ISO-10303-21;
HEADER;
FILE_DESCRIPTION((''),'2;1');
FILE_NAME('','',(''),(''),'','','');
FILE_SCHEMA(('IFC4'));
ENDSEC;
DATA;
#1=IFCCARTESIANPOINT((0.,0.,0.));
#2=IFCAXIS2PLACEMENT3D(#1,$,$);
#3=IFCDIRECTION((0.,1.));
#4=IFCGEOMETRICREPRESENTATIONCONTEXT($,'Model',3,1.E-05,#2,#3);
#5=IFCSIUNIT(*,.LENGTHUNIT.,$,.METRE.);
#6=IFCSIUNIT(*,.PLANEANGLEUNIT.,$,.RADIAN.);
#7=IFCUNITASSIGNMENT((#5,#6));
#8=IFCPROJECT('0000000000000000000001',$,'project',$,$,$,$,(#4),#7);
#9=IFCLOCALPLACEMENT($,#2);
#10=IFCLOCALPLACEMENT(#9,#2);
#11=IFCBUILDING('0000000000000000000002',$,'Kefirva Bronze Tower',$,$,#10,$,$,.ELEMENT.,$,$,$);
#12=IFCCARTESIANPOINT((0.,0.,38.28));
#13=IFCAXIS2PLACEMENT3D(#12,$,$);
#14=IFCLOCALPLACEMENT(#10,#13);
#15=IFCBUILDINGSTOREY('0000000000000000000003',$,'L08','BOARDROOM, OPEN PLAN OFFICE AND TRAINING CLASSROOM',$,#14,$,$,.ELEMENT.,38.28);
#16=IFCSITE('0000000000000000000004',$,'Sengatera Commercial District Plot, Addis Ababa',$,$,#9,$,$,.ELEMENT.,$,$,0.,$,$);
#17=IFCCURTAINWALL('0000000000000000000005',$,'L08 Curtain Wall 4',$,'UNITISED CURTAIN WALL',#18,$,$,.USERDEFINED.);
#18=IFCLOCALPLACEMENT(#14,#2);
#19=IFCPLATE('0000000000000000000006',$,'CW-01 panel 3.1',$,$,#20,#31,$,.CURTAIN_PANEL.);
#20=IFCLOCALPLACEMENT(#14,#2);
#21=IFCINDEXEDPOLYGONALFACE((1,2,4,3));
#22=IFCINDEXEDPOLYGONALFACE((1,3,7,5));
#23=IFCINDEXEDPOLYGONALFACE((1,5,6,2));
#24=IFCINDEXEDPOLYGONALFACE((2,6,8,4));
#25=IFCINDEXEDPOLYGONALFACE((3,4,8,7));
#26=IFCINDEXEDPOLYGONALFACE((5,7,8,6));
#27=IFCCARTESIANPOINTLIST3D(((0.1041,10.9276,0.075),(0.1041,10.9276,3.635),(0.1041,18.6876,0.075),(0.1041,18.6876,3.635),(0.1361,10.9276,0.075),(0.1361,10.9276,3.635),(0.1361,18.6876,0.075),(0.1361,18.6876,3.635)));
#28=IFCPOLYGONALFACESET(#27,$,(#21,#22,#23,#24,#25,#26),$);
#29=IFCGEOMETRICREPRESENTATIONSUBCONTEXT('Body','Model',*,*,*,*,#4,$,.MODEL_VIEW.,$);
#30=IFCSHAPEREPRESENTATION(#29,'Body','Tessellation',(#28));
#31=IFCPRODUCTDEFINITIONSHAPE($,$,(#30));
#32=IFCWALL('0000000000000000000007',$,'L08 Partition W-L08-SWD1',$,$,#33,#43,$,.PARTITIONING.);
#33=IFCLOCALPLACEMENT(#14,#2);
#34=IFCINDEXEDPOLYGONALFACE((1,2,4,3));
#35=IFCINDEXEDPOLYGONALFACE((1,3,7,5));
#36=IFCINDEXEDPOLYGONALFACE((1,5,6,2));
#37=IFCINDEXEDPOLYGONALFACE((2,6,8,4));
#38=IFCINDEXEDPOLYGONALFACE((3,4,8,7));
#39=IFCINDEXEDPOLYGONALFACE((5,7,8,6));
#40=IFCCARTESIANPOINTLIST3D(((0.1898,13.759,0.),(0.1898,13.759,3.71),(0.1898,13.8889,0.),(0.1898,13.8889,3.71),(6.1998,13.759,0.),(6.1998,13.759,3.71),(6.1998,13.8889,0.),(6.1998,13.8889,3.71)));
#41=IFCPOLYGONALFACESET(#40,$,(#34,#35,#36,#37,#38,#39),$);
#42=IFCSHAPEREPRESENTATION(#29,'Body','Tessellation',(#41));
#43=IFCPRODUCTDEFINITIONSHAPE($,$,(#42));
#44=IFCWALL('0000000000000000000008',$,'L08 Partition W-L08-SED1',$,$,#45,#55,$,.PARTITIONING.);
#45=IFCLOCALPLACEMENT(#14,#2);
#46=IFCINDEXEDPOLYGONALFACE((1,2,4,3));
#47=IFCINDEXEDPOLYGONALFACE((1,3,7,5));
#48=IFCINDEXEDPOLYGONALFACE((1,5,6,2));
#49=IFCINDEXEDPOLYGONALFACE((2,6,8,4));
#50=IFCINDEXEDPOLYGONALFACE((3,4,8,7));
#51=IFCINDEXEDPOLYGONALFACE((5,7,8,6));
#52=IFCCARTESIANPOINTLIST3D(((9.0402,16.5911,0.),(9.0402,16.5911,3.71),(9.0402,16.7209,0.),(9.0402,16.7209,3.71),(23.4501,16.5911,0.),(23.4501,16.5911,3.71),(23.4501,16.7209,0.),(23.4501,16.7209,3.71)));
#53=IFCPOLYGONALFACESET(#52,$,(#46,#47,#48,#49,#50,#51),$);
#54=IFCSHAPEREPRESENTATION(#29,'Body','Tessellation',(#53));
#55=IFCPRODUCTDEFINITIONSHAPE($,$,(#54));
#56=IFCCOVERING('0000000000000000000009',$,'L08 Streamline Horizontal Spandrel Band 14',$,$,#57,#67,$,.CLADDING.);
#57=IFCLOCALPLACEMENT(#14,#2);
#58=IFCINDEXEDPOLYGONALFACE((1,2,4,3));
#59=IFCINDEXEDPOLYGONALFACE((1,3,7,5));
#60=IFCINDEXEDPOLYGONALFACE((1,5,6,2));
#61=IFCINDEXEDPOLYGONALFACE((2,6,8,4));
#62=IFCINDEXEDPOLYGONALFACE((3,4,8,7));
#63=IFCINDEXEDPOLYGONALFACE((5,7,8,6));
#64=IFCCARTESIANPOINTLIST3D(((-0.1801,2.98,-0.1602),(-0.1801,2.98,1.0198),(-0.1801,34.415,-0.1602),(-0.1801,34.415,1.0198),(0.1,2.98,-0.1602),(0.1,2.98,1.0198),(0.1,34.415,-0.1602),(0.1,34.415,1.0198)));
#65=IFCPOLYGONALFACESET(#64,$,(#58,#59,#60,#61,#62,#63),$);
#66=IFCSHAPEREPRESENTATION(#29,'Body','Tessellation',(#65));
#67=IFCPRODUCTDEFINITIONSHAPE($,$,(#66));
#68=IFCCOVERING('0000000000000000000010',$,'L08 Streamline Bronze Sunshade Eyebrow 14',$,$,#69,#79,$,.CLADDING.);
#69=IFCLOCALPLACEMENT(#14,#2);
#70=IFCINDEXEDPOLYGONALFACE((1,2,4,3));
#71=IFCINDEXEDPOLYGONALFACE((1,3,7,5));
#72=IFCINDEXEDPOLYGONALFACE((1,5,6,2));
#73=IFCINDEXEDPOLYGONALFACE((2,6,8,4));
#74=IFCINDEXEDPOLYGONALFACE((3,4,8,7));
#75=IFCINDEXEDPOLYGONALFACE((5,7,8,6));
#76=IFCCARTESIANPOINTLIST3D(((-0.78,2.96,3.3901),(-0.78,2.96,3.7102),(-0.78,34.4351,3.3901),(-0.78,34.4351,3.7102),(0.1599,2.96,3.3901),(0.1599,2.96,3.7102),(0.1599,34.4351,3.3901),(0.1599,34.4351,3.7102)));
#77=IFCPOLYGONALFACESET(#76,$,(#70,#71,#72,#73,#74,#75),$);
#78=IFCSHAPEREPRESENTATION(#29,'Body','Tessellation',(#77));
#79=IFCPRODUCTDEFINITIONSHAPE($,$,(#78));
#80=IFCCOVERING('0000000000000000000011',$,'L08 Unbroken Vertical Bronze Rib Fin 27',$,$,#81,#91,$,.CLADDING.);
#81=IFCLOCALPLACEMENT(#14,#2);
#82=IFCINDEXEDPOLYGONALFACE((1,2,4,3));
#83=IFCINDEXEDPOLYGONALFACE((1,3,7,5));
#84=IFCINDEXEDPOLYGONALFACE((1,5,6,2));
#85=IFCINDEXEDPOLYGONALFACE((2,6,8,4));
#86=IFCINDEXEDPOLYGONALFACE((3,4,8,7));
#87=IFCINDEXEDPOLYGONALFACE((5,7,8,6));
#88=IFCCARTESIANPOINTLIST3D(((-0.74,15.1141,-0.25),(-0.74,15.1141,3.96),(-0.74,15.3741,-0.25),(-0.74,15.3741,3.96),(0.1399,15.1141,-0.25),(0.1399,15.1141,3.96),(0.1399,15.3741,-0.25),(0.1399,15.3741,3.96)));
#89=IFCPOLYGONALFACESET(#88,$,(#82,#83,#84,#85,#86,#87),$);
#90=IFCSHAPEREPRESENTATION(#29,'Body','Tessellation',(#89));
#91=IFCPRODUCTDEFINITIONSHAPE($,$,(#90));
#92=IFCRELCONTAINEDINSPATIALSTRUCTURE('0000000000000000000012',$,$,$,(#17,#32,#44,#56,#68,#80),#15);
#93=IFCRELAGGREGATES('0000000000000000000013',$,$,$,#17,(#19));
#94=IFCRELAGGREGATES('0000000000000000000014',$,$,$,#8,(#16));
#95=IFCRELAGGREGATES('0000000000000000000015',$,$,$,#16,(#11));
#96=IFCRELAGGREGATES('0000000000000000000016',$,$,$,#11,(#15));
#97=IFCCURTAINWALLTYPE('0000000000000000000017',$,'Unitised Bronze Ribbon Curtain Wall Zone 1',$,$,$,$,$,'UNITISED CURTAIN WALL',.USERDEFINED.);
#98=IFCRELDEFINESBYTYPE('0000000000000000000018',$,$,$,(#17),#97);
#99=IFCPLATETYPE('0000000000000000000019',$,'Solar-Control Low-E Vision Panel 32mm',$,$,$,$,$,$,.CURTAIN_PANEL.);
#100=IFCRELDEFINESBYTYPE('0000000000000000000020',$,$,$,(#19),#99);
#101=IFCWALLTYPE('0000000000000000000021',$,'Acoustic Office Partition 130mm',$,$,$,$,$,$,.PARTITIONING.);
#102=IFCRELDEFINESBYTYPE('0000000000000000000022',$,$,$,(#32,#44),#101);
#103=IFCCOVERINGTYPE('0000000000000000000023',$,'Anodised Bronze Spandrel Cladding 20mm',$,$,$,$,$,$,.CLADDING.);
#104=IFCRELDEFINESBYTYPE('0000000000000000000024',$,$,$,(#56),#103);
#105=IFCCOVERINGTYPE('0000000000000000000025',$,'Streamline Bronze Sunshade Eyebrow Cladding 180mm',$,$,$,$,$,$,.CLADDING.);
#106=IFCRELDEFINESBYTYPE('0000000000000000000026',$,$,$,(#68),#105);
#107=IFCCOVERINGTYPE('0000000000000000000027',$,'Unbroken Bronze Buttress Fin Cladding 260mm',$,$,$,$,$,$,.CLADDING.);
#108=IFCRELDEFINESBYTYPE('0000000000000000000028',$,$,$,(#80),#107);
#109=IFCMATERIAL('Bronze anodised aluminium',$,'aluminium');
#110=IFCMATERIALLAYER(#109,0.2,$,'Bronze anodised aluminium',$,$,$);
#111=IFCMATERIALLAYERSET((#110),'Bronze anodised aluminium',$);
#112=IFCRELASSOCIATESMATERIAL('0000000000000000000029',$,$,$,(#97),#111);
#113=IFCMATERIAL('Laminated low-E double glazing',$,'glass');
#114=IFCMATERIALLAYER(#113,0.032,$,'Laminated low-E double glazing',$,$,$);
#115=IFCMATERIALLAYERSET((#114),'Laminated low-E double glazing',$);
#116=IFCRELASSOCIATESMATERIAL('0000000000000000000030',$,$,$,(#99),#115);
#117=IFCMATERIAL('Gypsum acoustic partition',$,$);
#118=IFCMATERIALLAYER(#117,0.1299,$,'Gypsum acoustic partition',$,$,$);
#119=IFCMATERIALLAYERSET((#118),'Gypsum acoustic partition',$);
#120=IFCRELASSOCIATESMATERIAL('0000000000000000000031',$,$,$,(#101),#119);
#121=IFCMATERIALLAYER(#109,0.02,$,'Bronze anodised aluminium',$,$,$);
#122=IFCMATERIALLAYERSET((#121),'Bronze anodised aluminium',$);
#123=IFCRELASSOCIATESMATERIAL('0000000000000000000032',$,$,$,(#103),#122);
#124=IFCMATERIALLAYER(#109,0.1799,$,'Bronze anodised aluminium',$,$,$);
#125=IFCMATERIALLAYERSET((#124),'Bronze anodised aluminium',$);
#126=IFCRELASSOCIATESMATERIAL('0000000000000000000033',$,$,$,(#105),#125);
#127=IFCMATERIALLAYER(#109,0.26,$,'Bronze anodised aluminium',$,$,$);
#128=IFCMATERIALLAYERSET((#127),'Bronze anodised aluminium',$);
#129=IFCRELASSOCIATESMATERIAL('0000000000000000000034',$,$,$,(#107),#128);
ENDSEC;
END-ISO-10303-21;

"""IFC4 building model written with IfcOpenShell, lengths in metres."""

from ifc_helpers import new_model, si_unit, direction, frame, frame_2d, origin, origin_2d, place, context, subcontext, project, spatial, rectangle, extrude, material, layer, layer_set, type_object, element, aggregate, save


model = new_model("IFC4")

# Units and contexts
model_context = context("Model", 3, precision=1e-05, world=origin(), true_north=direction((0.0, 1.0)))
body_context = subcontext(model_context, "Body", "Model", "MODEL_VIEW")
ifc_project = project(units=[si_unit("LENGTHUNIT", "METRE"), si_unit("PLANEANGLEUNIT", "RADIAN")], contexts=[model_context])

# Site, building, storey
site_placement = place(None, origin())
site = spatial("IfcSite", under=ifc_project, at=site_placement, Name="Sengatera Commercial District Plot, Addis Ababa", CompositionType="ELEMENT", RefElevation=0.0)
building_placement = place(site_placement, origin())
building = spatial("IfcBuilding", under=site, at=building_placement, Name="Kefirva Bronze Tower", CompositionType="ELEMENT")
storey_placement = place(building_placement, frame((0.0, 0.0, 38.28)))
storey = spatial("IfcBuildingStorey", under=building, at=storey_placement, Name="L08", Description="BOARDROOM, OPEN PLAN OFFICE AND TRAINING CLASSROOM", CompositionType="ELEMENT", Elevation=38.28)

# Curtain wall
ifc_material_1 = material(Name="Bronze anodised aluminium", Category="aluminium")
ifc_layer_1 = layer(ifc_material_1, 0.2, Name="Bronze anodised aluminium")
ifc_layer_set_1 = layer_set([ifc_layer_1], Name="Bronze anodised aluminium")
curtain_wall_type = type_object("IfcCurtainWallType", Name="Unitised Bronze Ribbon Curtain Wall Zone 1", ElementType="UNITISED CURTAIN WALL", PredefinedType="USERDEFINED", material=ifc_layer_set_1)
curtain_wall_placement = place(storey_placement, origin())
curtain_wall = element("IfcCurtainWall", 1, at=curtain_wall_placement, inside=storey, type_object=curtain_wall_type, Name="L08 Curtain Wall 4", ObjectType="UNITISED CURTAIN WALL", PredefinedType="USERDEFINED")

# Plate
ifc_material_2 = material(Name="Laminated low-E double glazing", Category="glass")
ifc_layer_2 = layer(ifc_material_2, 0.032, Name="Laminated low-E double glazing")
ifc_layer_set_2 = layer_set([ifc_layer_2], Name="Laminated low-E double glazing")
plate_type = type_object("IfcPlateType", Name="Solar-Control Low-E Vision Panel 32mm", PredefinedType="CURTAIN_PANEL", material=ifc_layer_set_2)
plate_placement = place(storey_placement, frame((0.1201, 14.8076, 0.075), z_axis=(0.0, 0.0, 1.0), x_axis=(0.0, -1.0, 0.0)))
plate = element("IfcPlate", 2, at=plate_placement, type_object=plate_type, Name="CW-01 panel 3.1", PredefinedType="CURTAIN_PANEL", context=body_context, shape_type="SweptSolid", body=[
    extrude(rectangle(XDim=7.76, YDim=0.032, at=origin_2d()), origin(), (0.0, 0.0, 1.0), 3.5601),
])
aggregate(curtain_wall, [plate])

# Walls
ifc_material_3 = material(Name="Gypsum acoustic partition")
ifc_layer_3 = layer(ifc_material_3, 0.1299, Name="Gypsum acoustic partition")
ifc_layer_set_3 = layer_set([ifc_layer_3], Name="Gypsum acoustic partition")
wall_type = type_object("IfcWallType", Name="Acoustic Office Partition 130mm", PredefinedType="PARTITIONING", material=ifc_layer_set_3)
wall_1_placement = place(storey_placement, frame((0.1899, 13.824, 0.0), z_axis=(0.0, 0.0, 1.0), x_axis=(1.0, 0.0, 0.0)))
element("IfcWall", 3, at=wall_1_placement, inside=storey, type_object=wall_type, Name="L08 Partition W-L08-SWD1", PredefinedType="PARTITIONING", context=body_context, shape_type="SweptSolid", body=[
    extrude(rectangle(XDim=6.01, YDim=0.1299, at=frame_2d((3.0049, 0.0))), origin(), (0.0, 0.0, 1.0), 3.71),
])
wall_2_placement = place(storey_placement, frame((9.04, 16.656, 0.0), z_axis=(0.0, 0.0, 1.0), x_axis=(1.0, 0.0, 0.0)))
element("IfcWall", 4, at=wall_2_placement, inside=storey, type_object=wall_type, Name="L08 Partition W-L08-SED1", PredefinedType="PARTITIONING", context=body_context, shape_type="SweptSolid", body=[
    extrude(rectangle(XDim=14.4099, YDim=0.1299, at=frame_2d((7.2051, 0.0))), origin(), (0.0, 0.0, 1.0), 3.71),
])

# Coverings
ifc_layer_4 = layer(ifc_material_1, 0.02, Name="Bronze anodised aluminium")
ifc_layer_set_4 = layer_set([ifc_layer_4], Name="Bronze anodised aluminium")
covering_type_1 = type_object("IfcCoveringType", Name="Anodised Bronze Spandrel Cladding 20mm", PredefinedType="CLADDING", material=ifc_layer_set_4)
covering_1_placement = place(storey_placement, frame((-0.04, 18.6975, -0.1602), z_axis=(0.0, 0.0, 1.0), x_axis=(0.0, -1.0, 0.0)))
element("IfcCovering", 5, at=covering_1_placement, inside=storey, type_object=covering_type_1, Name="L08 Streamline Horizontal Spandrel Band 14", PredefinedType="CLADDING", context=body_context, shape_type="SweptSolid", body=[
    extrude(rectangle(XDim=31.4351, YDim=0.28, at=origin_2d()), origin(), (0.0, 0.0, 1.0), 1.1799),
])
ifc_layer_5 = layer(ifc_material_1, 0.1799, Name="Bronze anodised aluminium")
ifc_layer_set_5 = layer_set([ifc_layer_5], Name="Bronze anodised aluminium")
covering_type_2 = type_object("IfcCoveringType", Name="Streamline Bronze Sunshade Eyebrow Cladding 180mm", PredefinedType="CLADDING", material=ifc_layer_set_5)
covering_2_placement = place(storey_placement, frame((-0.3101, 18.6975, 3.3901), z_axis=(0.0, 0.0, 1.0), x_axis=(0.0, -1.0, 0.0)))
element("IfcCovering", 6, at=covering_2_placement, inside=storey, type_object=covering_type_2, Name="L08 Streamline Bronze Sunshade Eyebrow 14", PredefinedType="CLADDING", context=body_context, shape_type="SweptSolid", body=[
    extrude(rectangle(XDim=31.4751, YDim=0.9399, at=origin_2d()), origin(), (0.0, 0.0, 1.0), 0.3201),
])
ifc_layer_6 = layer(ifc_material_1, 0.26, Name="Bronze anodised aluminium")
ifc_layer_set_6 = layer_set([ifc_layer_6], Name="Bronze anodised aluminium")
covering_type_3 = type_object("IfcCoveringType", Name="Unbroken Bronze Buttress Fin Cladding 260mm", PredefinedType="CLADDING", material=ifc_layer_set_6)
covering_3_placement = place(storey_placement, frame((-0.3, 15.2441, -0.25), z_axis=(0.0, 0.0, 1.0), x_axis=(0.0, -1.0, 0.0)))
element("IfcCovering", 7, at=covering_3_placement, inside=storey, type_object=covering_type_3, Name="L08 Unbroken Vertical Bronze Rib Fin 27", PredefinedType="CLADDING", context=body_context, shape_type="SweptSolid", body=[
    extrude(rectangle(XDim=0.26, YDim=0.8799, at=origin_2d()), origin(), (0.0, 0.0, 1.0), 4.21),
])

save(model, "model.ifc")
